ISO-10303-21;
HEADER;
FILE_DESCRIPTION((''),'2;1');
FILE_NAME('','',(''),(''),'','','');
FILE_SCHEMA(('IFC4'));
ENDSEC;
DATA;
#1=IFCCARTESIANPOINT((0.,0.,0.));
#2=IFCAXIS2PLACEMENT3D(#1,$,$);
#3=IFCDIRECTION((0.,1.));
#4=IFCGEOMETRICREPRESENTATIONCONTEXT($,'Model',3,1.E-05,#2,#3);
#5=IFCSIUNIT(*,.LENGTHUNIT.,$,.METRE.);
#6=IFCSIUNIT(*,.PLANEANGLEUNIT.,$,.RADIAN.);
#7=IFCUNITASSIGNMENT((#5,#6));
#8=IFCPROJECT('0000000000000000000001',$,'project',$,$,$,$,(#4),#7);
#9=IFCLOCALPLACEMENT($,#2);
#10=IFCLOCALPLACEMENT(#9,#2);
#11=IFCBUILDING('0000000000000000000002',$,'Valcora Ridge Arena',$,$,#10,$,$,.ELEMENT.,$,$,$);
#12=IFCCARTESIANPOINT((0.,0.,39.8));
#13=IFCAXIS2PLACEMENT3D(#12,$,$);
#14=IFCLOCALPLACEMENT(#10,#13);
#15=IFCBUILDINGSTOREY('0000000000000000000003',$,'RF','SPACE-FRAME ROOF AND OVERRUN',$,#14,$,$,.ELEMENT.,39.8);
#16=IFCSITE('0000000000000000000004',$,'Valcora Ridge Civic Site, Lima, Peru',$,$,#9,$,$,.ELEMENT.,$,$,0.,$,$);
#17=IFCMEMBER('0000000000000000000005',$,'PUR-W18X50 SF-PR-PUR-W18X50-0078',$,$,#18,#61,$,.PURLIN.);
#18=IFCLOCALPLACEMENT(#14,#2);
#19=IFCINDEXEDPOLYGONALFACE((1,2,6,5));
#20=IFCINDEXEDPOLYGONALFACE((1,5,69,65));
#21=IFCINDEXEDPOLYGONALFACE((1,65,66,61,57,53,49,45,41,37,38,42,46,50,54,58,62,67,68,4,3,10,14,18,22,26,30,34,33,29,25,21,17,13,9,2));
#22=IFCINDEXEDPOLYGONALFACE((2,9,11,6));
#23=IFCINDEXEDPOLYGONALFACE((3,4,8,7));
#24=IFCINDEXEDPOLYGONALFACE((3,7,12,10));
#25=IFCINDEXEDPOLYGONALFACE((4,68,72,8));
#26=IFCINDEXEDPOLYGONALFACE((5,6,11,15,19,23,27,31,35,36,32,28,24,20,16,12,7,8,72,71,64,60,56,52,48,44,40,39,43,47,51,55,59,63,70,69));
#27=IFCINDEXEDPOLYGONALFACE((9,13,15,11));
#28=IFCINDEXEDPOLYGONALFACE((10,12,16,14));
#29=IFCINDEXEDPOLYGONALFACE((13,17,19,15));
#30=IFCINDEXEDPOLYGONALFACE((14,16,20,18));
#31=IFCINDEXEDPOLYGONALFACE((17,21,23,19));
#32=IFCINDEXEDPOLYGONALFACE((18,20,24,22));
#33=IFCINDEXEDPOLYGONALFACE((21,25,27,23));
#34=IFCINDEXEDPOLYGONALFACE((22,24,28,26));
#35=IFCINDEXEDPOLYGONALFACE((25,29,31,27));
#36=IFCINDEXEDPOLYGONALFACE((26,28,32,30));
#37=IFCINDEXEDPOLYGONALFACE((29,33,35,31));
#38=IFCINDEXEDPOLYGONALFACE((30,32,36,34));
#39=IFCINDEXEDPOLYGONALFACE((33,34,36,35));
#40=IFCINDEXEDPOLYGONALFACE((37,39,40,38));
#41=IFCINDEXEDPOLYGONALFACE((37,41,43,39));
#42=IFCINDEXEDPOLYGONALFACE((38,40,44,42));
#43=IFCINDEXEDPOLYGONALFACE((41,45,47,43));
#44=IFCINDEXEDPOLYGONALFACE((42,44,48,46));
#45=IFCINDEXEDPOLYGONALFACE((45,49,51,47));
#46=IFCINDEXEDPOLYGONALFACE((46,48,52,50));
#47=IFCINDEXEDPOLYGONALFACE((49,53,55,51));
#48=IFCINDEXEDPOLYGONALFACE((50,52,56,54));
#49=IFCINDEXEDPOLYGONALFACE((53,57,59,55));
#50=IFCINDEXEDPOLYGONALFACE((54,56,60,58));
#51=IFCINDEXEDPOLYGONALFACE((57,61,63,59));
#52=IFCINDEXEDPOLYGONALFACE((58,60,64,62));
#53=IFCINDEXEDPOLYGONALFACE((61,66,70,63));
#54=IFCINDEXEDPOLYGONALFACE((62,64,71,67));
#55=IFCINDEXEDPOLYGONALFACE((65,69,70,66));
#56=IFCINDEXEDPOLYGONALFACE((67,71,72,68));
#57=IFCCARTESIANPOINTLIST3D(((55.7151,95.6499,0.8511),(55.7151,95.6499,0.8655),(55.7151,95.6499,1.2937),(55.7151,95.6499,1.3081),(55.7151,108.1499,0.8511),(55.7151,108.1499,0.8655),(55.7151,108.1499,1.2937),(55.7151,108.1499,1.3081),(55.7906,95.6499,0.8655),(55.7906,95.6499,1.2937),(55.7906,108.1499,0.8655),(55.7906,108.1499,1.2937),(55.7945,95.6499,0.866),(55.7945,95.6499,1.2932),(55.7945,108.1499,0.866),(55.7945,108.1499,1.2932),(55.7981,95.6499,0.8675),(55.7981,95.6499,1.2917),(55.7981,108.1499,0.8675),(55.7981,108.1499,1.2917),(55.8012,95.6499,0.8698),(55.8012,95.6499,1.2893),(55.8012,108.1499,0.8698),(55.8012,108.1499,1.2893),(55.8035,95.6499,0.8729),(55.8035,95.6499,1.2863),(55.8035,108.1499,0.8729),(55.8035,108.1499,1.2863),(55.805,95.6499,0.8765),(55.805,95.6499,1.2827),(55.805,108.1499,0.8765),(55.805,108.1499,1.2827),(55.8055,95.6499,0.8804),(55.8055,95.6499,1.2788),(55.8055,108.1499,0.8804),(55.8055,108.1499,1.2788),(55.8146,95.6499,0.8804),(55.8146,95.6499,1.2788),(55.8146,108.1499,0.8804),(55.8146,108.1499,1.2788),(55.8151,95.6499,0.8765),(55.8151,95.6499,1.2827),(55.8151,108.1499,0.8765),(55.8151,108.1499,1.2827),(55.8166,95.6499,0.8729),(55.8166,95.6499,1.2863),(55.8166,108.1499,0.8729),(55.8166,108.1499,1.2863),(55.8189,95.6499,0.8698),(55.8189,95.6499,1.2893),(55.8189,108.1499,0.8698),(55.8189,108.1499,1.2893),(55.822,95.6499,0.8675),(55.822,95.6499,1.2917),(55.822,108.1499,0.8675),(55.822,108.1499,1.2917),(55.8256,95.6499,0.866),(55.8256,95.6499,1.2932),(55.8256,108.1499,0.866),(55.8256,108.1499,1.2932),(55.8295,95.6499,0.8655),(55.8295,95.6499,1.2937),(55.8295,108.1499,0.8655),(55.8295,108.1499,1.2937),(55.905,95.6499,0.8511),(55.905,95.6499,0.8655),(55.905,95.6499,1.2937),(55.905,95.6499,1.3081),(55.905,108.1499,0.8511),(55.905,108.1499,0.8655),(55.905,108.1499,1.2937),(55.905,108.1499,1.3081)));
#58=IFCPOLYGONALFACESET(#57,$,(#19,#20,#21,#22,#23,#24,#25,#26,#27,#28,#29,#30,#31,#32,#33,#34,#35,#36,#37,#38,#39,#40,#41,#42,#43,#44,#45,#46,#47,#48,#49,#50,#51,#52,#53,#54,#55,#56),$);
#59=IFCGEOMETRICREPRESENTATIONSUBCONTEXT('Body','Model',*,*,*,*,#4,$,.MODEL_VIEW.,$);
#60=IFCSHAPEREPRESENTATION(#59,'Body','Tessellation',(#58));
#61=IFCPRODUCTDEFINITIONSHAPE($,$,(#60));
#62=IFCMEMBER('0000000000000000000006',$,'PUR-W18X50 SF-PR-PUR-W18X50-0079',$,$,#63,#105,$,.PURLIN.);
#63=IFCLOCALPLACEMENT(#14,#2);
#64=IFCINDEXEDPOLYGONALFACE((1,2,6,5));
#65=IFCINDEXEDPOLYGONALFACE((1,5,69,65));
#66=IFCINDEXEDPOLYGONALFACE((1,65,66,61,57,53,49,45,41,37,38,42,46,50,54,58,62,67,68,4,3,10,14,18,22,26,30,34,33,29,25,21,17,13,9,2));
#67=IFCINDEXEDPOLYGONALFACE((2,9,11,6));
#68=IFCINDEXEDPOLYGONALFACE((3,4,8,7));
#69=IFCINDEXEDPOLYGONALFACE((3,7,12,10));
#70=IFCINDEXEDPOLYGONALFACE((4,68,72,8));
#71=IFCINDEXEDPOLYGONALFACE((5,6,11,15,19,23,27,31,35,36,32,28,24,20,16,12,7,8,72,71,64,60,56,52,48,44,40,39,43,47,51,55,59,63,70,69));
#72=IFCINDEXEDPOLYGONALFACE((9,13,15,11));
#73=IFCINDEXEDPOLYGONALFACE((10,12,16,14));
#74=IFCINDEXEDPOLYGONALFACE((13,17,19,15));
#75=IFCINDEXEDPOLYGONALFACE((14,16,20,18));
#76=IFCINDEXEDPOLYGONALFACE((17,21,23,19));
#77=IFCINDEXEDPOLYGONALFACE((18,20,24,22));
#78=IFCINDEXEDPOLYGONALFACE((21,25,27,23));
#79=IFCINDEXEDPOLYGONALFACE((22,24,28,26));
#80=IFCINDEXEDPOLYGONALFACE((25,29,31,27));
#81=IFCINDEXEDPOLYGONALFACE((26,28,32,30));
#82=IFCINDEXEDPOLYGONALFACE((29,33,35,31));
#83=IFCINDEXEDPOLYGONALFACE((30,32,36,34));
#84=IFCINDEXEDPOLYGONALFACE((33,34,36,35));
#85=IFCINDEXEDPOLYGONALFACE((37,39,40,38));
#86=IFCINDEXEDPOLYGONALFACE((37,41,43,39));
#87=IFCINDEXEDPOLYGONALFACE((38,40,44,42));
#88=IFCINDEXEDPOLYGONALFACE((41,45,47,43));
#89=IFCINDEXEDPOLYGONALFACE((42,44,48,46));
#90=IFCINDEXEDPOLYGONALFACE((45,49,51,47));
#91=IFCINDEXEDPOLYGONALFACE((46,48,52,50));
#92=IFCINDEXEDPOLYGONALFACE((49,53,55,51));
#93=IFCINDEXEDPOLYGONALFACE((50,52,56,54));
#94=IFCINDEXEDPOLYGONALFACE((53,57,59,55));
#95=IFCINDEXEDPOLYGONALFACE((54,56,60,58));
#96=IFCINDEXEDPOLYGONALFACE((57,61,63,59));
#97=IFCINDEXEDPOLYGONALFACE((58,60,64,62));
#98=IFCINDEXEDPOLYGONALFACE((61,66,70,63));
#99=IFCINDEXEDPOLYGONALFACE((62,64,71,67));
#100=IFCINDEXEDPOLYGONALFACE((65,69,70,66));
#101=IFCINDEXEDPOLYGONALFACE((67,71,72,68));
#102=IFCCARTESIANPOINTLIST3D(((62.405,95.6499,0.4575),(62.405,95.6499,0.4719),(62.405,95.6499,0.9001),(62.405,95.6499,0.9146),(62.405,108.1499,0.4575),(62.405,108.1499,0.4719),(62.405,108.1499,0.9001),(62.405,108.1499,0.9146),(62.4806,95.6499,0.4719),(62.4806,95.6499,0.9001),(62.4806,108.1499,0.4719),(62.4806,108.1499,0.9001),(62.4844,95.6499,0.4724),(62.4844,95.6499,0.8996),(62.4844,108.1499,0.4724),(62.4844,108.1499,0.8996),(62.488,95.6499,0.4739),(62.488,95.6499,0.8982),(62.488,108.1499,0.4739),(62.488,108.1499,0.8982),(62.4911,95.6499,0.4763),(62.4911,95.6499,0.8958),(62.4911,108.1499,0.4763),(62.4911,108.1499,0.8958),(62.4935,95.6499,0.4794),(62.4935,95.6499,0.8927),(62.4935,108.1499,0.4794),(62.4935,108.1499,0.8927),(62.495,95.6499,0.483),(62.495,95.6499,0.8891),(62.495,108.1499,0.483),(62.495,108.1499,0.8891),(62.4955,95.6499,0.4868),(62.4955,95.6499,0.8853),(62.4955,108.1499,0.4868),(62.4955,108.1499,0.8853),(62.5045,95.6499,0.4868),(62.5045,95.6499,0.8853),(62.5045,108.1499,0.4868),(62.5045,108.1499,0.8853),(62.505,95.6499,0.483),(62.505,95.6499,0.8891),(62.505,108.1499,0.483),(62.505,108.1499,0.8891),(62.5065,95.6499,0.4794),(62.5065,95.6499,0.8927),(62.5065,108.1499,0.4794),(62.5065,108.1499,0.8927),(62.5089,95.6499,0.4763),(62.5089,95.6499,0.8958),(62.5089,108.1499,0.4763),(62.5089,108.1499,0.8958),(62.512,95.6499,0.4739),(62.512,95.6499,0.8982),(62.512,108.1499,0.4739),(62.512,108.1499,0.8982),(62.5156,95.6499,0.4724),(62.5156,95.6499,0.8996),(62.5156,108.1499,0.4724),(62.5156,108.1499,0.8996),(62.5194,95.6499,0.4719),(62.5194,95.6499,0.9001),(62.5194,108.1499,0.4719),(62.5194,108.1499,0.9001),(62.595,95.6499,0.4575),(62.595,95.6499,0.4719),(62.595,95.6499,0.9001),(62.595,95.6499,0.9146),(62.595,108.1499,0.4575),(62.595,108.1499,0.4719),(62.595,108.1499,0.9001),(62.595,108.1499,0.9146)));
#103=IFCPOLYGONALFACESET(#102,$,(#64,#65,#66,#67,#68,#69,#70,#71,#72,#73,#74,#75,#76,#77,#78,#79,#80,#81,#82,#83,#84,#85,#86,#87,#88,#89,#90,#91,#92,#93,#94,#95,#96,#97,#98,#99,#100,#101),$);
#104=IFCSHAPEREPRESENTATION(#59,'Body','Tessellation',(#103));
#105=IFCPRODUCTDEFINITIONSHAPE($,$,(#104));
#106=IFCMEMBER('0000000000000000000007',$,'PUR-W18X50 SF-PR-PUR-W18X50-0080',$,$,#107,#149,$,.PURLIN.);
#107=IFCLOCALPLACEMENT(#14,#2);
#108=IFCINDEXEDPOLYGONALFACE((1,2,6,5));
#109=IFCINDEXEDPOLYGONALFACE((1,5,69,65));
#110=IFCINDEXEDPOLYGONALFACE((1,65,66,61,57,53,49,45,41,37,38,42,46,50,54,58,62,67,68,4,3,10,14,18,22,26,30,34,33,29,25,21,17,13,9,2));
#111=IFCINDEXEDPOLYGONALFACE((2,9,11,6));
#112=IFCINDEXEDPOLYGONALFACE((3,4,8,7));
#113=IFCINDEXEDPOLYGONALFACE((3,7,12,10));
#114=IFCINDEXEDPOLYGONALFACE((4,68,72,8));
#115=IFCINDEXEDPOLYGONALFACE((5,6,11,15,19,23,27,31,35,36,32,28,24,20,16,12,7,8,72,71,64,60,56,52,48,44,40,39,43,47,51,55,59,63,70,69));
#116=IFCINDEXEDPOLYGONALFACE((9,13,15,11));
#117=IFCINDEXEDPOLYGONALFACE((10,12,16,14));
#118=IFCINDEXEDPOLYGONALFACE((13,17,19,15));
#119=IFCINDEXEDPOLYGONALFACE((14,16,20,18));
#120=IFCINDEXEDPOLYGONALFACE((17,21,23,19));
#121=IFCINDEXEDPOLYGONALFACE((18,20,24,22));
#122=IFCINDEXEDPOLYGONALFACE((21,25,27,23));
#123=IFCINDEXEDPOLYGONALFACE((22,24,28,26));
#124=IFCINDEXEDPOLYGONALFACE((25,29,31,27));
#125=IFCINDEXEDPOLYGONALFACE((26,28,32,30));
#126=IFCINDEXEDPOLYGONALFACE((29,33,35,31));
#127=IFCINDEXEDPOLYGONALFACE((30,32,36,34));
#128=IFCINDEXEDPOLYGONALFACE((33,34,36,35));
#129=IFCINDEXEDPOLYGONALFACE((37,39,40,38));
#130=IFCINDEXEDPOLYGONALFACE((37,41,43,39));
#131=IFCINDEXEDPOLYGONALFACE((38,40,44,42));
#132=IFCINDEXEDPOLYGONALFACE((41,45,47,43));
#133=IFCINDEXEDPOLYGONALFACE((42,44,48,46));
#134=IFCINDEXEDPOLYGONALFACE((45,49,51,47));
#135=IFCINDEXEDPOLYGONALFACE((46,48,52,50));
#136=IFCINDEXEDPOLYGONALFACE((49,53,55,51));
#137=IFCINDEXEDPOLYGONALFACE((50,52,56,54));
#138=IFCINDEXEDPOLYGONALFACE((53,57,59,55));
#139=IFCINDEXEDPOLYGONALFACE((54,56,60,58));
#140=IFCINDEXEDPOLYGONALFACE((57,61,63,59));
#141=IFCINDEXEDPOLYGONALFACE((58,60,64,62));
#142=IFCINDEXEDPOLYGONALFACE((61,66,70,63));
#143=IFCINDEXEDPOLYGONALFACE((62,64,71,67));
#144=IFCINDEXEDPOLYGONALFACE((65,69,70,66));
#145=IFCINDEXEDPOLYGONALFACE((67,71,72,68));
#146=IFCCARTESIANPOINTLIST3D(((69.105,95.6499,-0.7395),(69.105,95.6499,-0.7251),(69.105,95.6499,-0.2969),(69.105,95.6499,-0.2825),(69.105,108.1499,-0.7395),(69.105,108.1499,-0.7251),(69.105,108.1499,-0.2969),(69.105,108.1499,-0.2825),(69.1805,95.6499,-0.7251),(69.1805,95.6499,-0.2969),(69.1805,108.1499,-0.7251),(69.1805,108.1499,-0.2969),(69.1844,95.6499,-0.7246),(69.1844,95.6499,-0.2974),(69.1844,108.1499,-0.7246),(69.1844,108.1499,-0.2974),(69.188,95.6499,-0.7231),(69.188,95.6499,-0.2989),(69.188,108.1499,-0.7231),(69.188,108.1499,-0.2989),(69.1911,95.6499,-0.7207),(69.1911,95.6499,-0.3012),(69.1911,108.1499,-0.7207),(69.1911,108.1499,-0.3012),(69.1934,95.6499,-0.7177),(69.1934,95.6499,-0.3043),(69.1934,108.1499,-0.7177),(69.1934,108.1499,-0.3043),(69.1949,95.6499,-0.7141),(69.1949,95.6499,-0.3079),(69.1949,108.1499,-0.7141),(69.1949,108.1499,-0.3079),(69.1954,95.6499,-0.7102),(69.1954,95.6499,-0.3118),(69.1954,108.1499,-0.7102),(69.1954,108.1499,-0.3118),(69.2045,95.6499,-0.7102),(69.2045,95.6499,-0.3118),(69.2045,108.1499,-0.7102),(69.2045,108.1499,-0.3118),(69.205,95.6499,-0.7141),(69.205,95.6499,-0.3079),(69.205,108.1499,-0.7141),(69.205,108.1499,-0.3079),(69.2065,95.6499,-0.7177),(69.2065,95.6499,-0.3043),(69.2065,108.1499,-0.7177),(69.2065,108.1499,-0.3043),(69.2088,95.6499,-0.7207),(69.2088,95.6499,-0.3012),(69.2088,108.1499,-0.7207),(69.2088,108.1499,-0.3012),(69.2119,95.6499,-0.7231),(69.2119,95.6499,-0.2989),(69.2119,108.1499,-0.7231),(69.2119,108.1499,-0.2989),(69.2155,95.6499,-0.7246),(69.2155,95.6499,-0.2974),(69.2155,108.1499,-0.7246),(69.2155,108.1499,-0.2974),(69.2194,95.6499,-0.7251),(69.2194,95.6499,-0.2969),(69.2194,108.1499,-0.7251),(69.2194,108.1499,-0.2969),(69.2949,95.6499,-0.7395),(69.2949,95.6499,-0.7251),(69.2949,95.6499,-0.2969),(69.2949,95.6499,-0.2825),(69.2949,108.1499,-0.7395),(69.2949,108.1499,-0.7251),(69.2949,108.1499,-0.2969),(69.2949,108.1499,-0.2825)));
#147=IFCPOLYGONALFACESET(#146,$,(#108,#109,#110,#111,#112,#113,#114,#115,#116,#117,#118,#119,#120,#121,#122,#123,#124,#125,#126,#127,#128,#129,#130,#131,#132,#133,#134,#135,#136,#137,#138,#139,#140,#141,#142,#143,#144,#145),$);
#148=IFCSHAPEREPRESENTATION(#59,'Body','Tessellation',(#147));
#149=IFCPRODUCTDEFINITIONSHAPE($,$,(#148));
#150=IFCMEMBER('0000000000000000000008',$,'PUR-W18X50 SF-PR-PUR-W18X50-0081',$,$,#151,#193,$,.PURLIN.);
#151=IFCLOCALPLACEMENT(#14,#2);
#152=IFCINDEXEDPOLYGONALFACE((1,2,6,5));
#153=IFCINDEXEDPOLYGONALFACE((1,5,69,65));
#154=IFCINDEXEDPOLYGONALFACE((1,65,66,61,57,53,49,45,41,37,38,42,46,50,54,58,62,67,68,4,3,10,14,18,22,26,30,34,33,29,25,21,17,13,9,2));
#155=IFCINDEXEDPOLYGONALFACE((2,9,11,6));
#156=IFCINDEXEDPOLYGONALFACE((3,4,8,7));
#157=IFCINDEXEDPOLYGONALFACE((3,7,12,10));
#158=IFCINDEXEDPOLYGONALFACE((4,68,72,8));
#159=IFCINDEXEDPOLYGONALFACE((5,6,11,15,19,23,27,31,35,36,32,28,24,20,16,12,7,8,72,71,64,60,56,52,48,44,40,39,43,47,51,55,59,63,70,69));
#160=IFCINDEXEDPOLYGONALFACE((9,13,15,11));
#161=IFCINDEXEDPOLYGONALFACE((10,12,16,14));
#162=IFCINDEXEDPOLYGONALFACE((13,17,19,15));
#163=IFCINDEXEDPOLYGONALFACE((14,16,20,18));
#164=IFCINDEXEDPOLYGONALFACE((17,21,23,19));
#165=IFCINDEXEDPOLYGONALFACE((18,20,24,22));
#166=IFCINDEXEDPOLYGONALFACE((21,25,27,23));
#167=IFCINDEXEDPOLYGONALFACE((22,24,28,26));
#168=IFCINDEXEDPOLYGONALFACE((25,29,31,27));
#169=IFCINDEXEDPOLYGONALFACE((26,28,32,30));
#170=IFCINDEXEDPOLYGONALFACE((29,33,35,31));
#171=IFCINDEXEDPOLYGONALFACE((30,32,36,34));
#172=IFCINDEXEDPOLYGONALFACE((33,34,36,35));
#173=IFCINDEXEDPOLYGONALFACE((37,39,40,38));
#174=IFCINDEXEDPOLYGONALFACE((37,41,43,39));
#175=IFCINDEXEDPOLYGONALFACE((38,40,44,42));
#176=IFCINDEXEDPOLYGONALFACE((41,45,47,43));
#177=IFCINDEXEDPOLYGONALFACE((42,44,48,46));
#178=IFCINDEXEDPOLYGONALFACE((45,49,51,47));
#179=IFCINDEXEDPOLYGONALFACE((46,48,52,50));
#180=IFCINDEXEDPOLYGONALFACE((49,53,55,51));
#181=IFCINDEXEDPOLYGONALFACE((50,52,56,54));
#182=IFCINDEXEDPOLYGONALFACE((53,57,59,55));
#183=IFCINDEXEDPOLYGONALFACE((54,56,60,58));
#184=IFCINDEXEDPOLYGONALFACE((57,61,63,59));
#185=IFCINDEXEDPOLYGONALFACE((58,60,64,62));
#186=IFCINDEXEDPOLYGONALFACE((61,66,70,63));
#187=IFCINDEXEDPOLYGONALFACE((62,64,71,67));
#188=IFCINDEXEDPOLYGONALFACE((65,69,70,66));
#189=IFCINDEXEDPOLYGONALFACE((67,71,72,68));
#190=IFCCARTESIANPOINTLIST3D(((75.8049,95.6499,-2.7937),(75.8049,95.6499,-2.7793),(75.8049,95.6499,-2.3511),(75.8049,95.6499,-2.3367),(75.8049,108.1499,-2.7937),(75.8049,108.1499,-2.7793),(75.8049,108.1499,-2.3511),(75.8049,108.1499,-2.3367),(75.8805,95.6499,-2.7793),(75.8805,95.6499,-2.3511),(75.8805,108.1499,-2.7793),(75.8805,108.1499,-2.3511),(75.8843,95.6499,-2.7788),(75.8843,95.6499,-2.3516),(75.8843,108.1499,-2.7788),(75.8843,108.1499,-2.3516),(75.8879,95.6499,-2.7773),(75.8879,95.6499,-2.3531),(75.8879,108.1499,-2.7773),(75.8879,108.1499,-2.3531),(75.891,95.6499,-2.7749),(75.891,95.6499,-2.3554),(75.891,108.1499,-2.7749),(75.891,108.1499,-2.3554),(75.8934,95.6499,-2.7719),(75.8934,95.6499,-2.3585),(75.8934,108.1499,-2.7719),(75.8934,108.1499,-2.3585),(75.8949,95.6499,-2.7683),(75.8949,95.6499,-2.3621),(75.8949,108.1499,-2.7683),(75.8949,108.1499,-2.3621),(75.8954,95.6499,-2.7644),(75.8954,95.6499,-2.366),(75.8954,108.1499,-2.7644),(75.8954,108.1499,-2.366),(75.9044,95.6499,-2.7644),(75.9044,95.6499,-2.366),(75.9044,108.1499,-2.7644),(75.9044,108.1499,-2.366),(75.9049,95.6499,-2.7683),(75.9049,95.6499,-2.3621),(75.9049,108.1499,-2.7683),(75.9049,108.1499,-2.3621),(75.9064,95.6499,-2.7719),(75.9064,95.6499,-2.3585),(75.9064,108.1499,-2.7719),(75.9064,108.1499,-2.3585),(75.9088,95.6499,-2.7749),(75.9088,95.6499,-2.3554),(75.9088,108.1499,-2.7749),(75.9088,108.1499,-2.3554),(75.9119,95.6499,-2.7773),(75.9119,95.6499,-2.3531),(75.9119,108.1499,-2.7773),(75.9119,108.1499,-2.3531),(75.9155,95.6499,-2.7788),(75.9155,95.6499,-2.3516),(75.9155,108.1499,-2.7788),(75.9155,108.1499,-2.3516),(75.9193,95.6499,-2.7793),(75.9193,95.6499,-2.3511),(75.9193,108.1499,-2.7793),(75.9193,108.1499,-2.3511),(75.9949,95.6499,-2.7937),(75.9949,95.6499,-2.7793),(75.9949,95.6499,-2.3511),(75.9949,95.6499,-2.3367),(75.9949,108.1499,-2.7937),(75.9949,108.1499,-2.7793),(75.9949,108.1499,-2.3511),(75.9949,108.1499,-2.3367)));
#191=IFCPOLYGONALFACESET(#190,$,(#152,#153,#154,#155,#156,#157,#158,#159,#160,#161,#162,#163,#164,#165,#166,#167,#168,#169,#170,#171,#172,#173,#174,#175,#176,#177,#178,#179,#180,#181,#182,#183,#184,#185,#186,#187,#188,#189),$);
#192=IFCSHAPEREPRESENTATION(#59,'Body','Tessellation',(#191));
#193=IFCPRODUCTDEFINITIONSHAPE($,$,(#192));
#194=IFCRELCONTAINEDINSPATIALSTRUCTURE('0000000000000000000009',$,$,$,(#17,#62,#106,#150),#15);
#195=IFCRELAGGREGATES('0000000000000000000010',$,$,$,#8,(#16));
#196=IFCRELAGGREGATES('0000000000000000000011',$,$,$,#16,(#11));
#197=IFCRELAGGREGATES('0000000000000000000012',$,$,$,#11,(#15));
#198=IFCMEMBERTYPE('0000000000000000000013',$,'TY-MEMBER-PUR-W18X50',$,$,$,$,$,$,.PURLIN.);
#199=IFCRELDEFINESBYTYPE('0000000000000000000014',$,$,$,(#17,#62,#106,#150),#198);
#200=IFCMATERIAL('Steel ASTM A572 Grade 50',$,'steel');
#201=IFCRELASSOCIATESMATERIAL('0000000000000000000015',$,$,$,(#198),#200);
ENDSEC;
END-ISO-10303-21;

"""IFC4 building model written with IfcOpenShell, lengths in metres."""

from ifc_helpers import new_model, si_unit, direction, frame, origin, origin_2d, place, context, subcontext, project, spatial, i_section, extrude, material, material_profile, profile_set, type_object, element, save


model = new_model("IFC4")

# Units and contexts
model_context = context("Model", 3, precision=1e-05, world=origin(), true_north=direction((0.0, 1.0)))
body_context = subcontext(model_context, "Body", "Model", "MODEL_VIEW")
ifc_project = project(units=[si_unit("LENGTHUNIT", "METRE"), si_unit("PLANEANGLEUNIT", "RADIAN")], contexts=[model_context])

# Site, building, storey
site_placement = place(None, origin())
site = spatial("IfcSite", under=ifc_project, at=site_placement, Name="Valcora Ridge Civic Site, Lima, Peru", CompositionType="ELEMENT", RefElevation=0.0)
building_placement = place(site_placement, origin())
building = spatial("IfcBuilding", under=site, at=building_placement, Name="Valcora Ridge Arena", CompositionType="ELEMENT")
storey_placement = place(building_placement, frame((0.0, 0.0, 39.8)))
storey = spatial("IfcBuildingStorey", under=building, at=storey_placement, Name="RF", Description="SPACE-FRAME ROOF AND OVERRUN", CompositionType="ELEMENT", Elevation=39.8)

# Members
ifc_material_1 = material(Name="Steel ASTM A572 Grade 50", Category="steel")
ifc_material_profile_1 = material_profile(ifc_material_1, i_section(OverallWidth=0.1899, OverallDepth=0.457, WebThickness=0.009, FlangeThickness=0.0144, FilletRadius=0.0149, at=origin_2d()), Name="W18X50")
ifc_profile_set_1 = profile_set([ifc_material_profile_1], Name="Steel ASTM A572 Grade 50")
member_type_1 = type_object("IfcMemberType", Name="TY-MEMBER-PUR-W18X50", PredefinedType="PURLIN", material=ifc_profile_set_1)
for number, where, z_axis, x_axis, name in (
    (1, (55.8101, 95.6499, 1.0796), (0.0, 1.0, 0.0), (-1.0, 0.0, 0.0), "PUR-W18X50 SF-PR-PUR-W18X50-0078"),
    (2, (62.5, 95.6499, 0.686), (0.0, 1.0, 0.0), (-1.0, 0.0, 0.0), "PUR-W18X50 SF-PR-PUR-W18X50-0079"),
    (3, (69.2, 95.6499, -0.511), (0.0, 1.0, 0.0), (-1.0, 0.0, 0.0), "PUR-W18X50 SF-PR-PUR-W18X50-0080"),
    (4, (75.8999, 95.6499, -2.5652), (0.0, 1.0, 0.0), (-1.0, 0.0, 0.0), "PUR-W18X50 SF-PR-PUR-W18X50-0081"),
):
    element("IfcMember", number, at=place(storey_placement, frame(where, z_axis=z_axis, x_axis=x_axis)), inside=storey, type_object=member_type_1, Name=name, PredefinedType="PURLIN", context=body_context, shape_type="SweptSolid", body=[
        extrude(i_section(OverallWidth=0.1899, OverallDepth=0.457, WebThickness=0.009, FlangeThickness=0.0144, FilletRadius=0.0149, at=origin_2d()), origin(), (0.0, 0.0, 1.0), 12.5),
    ])

save(model, "model.ifc")
